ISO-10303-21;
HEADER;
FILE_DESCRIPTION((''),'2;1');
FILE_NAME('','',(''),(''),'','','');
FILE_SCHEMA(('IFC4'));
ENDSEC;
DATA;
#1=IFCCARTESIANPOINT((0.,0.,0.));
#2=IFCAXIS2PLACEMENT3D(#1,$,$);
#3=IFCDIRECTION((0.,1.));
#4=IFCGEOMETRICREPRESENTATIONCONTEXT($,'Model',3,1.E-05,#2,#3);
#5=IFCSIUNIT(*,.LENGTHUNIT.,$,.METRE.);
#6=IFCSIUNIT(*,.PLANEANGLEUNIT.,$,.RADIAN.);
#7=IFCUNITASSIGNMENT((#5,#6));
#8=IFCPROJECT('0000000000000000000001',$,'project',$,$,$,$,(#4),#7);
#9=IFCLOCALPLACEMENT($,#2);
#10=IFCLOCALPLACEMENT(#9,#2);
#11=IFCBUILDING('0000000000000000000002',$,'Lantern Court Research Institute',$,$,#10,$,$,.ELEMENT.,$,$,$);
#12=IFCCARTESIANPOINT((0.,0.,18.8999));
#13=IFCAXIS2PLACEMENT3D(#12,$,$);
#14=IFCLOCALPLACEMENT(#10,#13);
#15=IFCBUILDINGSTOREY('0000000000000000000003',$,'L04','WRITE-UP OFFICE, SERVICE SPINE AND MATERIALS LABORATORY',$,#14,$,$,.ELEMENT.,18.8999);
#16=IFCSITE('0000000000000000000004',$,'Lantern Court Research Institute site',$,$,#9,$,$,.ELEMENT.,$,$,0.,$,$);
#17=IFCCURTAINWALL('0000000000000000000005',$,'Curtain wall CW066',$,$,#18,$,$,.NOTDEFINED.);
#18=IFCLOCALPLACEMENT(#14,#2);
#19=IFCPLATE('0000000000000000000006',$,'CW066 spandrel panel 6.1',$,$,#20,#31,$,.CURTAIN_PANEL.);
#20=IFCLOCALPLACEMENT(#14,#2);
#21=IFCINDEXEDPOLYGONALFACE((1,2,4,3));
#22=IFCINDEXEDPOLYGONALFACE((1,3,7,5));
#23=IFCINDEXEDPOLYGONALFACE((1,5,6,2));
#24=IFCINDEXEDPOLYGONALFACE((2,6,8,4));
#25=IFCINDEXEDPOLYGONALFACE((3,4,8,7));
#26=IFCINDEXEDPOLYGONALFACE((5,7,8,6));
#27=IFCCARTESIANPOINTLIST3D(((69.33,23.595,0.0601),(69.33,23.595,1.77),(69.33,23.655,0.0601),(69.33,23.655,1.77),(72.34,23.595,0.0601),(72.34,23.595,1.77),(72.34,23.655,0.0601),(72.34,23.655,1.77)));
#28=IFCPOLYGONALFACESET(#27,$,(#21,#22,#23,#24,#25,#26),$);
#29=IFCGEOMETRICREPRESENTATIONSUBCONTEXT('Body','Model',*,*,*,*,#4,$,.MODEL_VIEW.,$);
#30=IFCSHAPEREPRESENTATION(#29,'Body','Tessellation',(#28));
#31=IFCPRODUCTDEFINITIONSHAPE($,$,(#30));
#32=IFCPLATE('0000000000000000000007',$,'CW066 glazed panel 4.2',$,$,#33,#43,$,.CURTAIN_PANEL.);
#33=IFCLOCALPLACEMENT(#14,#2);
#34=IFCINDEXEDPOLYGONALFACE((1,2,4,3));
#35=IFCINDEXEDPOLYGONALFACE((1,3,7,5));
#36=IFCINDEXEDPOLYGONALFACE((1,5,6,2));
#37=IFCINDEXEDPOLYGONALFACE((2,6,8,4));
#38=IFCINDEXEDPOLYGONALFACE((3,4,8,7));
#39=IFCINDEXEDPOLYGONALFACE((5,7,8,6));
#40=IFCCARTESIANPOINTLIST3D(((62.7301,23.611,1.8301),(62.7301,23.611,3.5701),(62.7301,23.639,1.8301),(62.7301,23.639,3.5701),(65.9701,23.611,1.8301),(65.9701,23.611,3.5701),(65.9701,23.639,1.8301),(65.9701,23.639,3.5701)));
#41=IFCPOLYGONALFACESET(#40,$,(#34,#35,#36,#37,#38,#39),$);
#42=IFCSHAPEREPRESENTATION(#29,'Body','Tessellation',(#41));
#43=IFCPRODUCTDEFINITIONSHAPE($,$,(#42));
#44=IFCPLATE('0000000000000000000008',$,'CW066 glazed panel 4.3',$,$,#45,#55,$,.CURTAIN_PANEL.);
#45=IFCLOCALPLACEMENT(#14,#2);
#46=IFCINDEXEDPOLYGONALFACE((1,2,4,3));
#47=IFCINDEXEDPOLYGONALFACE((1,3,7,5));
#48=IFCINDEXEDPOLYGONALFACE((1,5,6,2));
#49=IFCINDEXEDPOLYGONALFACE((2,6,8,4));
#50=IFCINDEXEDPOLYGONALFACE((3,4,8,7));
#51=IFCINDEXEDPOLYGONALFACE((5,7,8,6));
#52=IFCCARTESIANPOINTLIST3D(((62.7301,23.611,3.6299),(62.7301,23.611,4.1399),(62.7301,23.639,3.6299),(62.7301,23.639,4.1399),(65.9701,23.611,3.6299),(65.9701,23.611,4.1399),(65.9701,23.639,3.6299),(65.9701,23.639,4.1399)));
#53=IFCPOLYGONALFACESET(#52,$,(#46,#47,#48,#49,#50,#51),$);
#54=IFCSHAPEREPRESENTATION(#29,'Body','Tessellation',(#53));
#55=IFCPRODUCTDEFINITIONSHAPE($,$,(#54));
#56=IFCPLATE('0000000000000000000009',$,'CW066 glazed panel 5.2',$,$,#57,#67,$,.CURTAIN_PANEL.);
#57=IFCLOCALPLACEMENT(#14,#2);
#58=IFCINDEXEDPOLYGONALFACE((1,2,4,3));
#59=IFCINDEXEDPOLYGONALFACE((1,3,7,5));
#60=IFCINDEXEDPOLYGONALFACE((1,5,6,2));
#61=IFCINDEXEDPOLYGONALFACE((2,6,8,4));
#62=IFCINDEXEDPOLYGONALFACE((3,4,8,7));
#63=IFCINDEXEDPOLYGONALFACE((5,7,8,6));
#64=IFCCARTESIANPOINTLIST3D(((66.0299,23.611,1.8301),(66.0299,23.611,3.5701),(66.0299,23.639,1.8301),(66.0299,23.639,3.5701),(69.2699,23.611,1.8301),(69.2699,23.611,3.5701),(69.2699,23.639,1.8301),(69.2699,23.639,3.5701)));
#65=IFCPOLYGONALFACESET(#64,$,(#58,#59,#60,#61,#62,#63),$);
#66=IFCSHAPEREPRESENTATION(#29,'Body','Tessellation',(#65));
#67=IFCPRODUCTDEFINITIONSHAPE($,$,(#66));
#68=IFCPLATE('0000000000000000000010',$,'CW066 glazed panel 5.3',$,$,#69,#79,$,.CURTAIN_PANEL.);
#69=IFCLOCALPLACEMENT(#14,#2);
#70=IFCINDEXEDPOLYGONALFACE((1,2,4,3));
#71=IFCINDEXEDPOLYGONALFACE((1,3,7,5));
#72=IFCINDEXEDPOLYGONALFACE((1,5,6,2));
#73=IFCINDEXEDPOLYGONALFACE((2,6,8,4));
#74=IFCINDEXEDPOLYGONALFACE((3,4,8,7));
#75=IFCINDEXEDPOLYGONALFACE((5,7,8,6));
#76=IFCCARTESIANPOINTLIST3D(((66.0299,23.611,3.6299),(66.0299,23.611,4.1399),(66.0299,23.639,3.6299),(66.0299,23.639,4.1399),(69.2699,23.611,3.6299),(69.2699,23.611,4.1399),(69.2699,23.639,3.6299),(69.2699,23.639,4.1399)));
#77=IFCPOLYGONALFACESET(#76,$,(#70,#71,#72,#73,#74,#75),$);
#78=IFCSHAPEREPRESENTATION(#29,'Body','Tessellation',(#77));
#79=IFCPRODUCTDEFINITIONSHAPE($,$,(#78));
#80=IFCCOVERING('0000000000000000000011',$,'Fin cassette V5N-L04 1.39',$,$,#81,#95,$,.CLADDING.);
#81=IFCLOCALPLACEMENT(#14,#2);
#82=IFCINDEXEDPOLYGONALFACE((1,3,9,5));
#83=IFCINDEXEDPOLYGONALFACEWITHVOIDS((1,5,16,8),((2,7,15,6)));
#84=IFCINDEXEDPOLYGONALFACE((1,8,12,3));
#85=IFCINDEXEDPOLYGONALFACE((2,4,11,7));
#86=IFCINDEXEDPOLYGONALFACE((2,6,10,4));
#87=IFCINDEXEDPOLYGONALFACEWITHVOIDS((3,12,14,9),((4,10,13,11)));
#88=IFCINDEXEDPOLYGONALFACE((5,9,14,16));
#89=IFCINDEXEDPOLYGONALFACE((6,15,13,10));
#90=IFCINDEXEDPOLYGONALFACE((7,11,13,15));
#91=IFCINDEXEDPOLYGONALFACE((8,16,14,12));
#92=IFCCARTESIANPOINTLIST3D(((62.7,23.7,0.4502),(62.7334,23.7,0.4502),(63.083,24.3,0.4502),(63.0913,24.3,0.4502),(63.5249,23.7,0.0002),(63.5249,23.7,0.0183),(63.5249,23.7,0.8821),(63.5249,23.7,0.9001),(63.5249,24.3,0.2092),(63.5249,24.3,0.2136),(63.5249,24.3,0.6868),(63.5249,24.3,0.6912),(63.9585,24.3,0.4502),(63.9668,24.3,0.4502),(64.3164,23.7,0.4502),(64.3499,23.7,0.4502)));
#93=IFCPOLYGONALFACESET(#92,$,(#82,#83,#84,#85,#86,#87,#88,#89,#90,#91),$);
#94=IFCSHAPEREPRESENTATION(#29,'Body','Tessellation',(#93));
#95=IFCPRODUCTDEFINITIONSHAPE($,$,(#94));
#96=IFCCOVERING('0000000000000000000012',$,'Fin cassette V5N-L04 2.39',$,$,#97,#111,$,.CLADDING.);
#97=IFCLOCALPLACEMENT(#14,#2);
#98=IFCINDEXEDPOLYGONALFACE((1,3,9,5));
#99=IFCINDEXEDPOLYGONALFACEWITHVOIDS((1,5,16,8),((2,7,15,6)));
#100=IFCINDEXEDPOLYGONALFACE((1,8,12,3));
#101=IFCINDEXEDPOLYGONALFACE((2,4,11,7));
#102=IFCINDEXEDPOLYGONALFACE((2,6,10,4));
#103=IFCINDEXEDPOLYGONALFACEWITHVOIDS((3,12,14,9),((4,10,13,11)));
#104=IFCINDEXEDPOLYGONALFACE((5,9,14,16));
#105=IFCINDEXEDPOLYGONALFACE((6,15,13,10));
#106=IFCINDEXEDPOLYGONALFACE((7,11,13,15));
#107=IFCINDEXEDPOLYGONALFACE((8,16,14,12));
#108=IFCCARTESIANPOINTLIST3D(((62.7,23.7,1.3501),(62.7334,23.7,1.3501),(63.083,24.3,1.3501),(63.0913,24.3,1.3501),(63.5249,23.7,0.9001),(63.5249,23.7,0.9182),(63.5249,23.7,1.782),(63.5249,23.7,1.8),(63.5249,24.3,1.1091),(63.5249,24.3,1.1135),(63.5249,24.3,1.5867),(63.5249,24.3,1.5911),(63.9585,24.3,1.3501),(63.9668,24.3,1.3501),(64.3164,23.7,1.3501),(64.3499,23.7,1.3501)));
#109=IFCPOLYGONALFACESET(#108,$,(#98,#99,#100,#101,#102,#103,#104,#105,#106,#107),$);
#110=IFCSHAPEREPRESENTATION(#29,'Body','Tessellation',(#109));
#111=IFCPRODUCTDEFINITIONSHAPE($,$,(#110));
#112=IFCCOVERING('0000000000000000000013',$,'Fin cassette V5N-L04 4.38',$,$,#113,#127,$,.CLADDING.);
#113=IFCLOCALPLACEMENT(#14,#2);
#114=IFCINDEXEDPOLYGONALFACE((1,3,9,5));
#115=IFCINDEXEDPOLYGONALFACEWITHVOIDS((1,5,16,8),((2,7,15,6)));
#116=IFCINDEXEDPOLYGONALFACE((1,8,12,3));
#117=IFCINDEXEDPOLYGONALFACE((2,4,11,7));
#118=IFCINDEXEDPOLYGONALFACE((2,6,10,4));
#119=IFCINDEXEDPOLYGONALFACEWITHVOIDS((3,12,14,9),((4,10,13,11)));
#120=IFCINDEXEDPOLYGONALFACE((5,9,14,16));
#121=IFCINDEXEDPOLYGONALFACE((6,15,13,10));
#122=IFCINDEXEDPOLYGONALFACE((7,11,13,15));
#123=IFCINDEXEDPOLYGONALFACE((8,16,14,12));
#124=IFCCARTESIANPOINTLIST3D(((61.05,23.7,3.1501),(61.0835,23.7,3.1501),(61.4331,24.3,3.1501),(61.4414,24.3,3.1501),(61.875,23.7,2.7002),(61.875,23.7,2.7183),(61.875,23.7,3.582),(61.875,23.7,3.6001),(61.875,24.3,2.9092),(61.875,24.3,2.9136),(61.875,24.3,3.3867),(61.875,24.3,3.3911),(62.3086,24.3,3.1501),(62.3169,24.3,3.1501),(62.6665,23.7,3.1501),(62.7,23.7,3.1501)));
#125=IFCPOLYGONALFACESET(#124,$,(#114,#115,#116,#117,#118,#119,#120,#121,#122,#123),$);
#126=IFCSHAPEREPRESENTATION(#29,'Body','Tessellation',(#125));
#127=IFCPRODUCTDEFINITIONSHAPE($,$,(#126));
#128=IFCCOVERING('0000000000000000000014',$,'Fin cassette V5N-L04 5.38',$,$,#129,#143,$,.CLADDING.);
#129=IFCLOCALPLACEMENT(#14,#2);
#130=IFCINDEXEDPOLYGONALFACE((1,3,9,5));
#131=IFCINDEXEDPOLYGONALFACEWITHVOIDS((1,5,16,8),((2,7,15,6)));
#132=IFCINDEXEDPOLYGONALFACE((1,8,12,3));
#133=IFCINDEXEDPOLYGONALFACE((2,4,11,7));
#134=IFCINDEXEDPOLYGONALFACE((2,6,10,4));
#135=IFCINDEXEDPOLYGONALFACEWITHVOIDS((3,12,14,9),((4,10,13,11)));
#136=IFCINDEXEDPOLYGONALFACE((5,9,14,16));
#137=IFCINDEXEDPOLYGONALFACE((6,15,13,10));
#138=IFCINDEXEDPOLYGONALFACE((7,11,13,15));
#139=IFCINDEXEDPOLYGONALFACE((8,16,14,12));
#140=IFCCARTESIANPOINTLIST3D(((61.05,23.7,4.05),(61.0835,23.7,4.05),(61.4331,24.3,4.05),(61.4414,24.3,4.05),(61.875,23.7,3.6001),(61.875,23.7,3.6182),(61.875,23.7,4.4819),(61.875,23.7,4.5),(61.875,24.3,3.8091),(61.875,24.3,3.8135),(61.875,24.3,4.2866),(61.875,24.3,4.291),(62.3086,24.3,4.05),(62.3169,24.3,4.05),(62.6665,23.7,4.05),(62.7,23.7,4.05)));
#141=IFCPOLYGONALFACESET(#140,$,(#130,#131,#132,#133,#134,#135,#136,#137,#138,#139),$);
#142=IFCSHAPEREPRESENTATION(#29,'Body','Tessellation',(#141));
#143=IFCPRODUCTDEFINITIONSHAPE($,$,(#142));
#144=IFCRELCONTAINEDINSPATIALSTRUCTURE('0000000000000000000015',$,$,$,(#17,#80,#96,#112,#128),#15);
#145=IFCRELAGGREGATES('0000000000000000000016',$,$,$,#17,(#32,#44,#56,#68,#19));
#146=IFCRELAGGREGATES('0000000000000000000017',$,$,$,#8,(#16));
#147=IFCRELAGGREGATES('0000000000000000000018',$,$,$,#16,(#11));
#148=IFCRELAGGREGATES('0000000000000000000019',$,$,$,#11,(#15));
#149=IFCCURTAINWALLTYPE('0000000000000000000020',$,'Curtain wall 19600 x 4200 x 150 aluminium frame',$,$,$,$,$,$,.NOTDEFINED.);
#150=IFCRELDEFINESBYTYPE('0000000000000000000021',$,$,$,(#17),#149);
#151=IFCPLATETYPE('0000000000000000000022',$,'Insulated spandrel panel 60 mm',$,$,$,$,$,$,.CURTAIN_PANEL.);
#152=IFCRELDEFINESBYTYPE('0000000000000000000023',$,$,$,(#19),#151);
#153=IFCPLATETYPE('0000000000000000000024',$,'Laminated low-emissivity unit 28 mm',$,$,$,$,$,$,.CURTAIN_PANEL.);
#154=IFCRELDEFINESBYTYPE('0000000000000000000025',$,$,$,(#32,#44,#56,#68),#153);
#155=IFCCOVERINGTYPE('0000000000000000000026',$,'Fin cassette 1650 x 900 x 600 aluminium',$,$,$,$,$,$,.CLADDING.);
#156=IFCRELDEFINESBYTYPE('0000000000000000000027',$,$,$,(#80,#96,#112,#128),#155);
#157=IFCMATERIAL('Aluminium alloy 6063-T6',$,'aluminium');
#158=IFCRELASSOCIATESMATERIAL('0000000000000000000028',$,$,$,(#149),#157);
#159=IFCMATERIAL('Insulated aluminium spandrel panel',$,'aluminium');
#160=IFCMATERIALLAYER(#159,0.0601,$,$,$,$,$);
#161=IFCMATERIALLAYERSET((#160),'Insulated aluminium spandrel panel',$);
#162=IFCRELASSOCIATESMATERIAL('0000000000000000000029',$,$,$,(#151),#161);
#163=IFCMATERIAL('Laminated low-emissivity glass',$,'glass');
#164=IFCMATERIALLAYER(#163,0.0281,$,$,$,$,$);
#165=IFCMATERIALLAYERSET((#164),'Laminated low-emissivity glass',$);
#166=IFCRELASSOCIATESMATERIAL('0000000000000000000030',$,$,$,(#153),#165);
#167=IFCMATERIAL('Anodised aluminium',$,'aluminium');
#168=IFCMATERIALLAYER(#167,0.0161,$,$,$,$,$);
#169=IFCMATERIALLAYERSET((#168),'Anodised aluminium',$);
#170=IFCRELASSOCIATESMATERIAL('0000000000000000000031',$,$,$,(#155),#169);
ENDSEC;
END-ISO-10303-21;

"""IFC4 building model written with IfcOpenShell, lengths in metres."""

from ifc_helpers import new_model, entity, si_unit, direction, frame, origin, origin_2d, place, context, subcontext, project, spatial, rectangle, extrude, material, layer, layer_set, type_object, element, aggregate, save


model = new_model("IFC4")

# Units and contexts
model_context = context("Model", 3, precision=1e-05, world=origin(), true_north=direction((0.0, 1.0)))
body_context = subcontext(model_context, "Body", "Model", "MODEL_VIEW")
ifc_project = project(units=[si_unit("LENGTHUNIT", "METRE"), si_unit("PLANEANGLEUNIT", "RADIAN")], contexts=[model_context])

# Site, building, storey
site_placement = place(None, origin())
site = spatial("IfcSite", under=ifc_project, at=site_placement, Name="Lantern Court Research Institute site", CompositionType="ELEMENT", RefElevation=0.0)
building_placement = place(site_placement, origin())
building = spatial("IfcBuilding", under=site, at=building_placement, Name="Lantern Court Research Institute", CompositionType="ELEMENT")
storey_placement = place(building_placement, frame((0.0, 0.0, 18.8999)))
storey = spatial("IfcBuildingStorey", under=building, at=storey_placement, Name="L04", Description="WRITE-UP OFFICE, SERVICE SPINE AND MATERIALS LABORATORY", CompositionType="ELEMENT", Elevation=18.8999)

# Curtain wall, plates
ifc_material_1 = material(Name="Aluminium alloy 6063-T6", Category="aluminium")
curtain_wall_type = type_object("IfcCurtainWallType", Name="Curtain wall 19600 x 4200 x 150 aluminium frame", PredefinedType="NOTDEFINED", material=ifc_material_1)
curtain_wall_placement = place(storey_placement, origin())
curtain_wall = element("IfcCurtainWall", 1, at=curtain_wall_placement, inside=storey, type_object=curtain_wall_type, Name="Curtain wall CW066", PredefinedType="NOTDEFINED")
ifc_material_2 = material(Name="Insulated aluminium spandrel panel", Category="aluminium")
ifc_layer_1 = layer(ifc_material_2, 0.0601)
ifc_layer_set_1 = layer_set([ifc_layer_1], Name="Insulated aluminium spandrel panel")
plate_type_1 = type_object("IfcPlateType", Name="Insulated spandrel panel 60 mm", PredefinedType="CURTAIN_PANEL", material=ifc_layer_set_1)
plate_1_placement = place(storey_placement, frame((70.835, 23.625, 0.0601), z_axis=(0.0, 0.0, 1.0), x_axis=(1.0, 0.0, 0.0)))
plate_1 = element("IfcPlate", 2, at=plate_1_placement, type_object=plate_type_1, Name="CW066 spandrel panel 6.1", PredefinedType="CURTAIN_PANEL", context=body_context, shape_type="SweptSolid", body=[
    extrude(rectangle(XDim=3.01, YDim=0.0601, at=origin_2d()), origin(), (0.0, 0.0, 1.0), 1.71),
])
ifc_material_3 = material(Name="Laminated low-emissivity glass", Category="glass")
ifc_layer_2 = layer(ifc_material_3, 0.0281)
ifc_layer_set_2 = layer_set([ifc_layer_2], Name="Laminated low-emissivity glass")
plate_type_2 = type_object("IfcPlateType", Name="Laminated low-emissivity unit 28 mm", PredefinedType="CURTAIN_PANEL", material=ifc_layer_set_2)
plate_2_placement = place(storey_placement, frame((64.3501, 23.625, 1.8301), z_axis=(0.0, 0.0, 1.0), x_axis=(1.0, 0.0, 0.0)))
plate_2 = element("IfcPlate", 3, at=plate_2_placement, type_object=plate_type_2, Name="CW066 glazed panel 4.2", PredefinedType="CURTAIN_PANEL", context=body_context, shape_type="SweptSolid", body=[
    extrude(rectangle(XDim=3.24, YDim=0.0281, at=origin_2d()), origin(), (0.0, 0.0, 1.0), 1.74),
])
plate_3_placement = place(storey_placement, frame((64.3501, 23.625, 3.6299), z_axis=(0.0, 0.0, 1.0), x_axis=(1.0, 0.0, 0.0)))
plate_3 = element("IfcPlate", 4, at=plate_3_placement, type_object=plate_type_2, Name="CW066 glazed panel 4.3", PredefinedType="CURTAIN_PANEL", context=body_context, shape_type="SweptSolid", body=[
    extrude(rectangle(XDim=3.24, YDim=0.0281, at=origin_2d()), origin(), (0.0, 0.0, 1.0), 0.51),
])
plate_4_placement = place(storey_placement, frame((67.6499, 23.625, 1.8301), z_axis=(0.0, 0.0, 1.0), x_axis=(1.0, 0.0, 0.0)))
plate_4 = element("IfcPlate", 5, at=plate_4_placement, type_object=plate_type_2, Name="CW066 glazed panel 5.2", PredefinedType="CURTAIN_PANEL", context=body_context, shape_type="SweptSolid", body=[
    extrude(rectangle(XDim=3.24, YDim=0.0281, at=origin_2d()), origin(), (0.0, 0.0, 1.0), 1.74),
])
plate_5_placement = place(storey_placement, frame((67.6499, 23.625, 3.6299), z_axis=(0.0, 0.0, 1.0), x_axis=(1.0, 0.0, 0.0)))
plate_5 = element("IfcPlate", 6, at=plate_5_placement, type_object=plate_type_2, Name="CW066 glazed panel 5.3", PredefinedType="CURTAIN_PANEL", context=body_context, shape_type="SweptSolid", body=[
    extrude(rectangle(XDim=3.24, YDim=0.0281, at=origin_2d()), origin(), (0.0, 0.0, 1.0), 0.51),
])
aggregate(curtain_wall, [plate_2, plate_3, plate_4, plate_5, plate_1])

# Coverings
ifc_material_4 = material(Name="Anodised aluminium", Category="aluminium")
ifc_layer_3 = layer(ifc_material_4, 0.0161)
ifc_layer_set_3 = layer_set([ifc_layer_3], Name="Anodised aluminium")
covering_type = type_object("IfcCoveringType", Name="Fin cassette 1650 x 900 x 600 aluminium", PredefinedType="CLADDING", material=ifc_layer_set_3)
covering_1_placement = place(storey_placement, frame((63.5249, 23.7, 0.4502), z_axis=(0.0, 1.0, 0.0), x_axis=(-1.0, 0.0, 0.0)))
cartesian_point_1 = entity("IfcCartesianPoint", [0.825, 0.0])
cartesian_point_2 = entity("IfcCartesianPoint", [0.7915, 0.0])
cartesian_point_3 = entity("IfcCartesianPoint", [0.4419, 0.0])
cartesian_point_4 = entity("IfcCartesianPoint", [0.4336, 0.0])
element("IfcCovering", 7, at=covering_1_placement, inside=storey, type_object=covering_type, Name="Fin cassette V5N-L04 1.39", PredefinedType="CLADDING", context=body_context, shape_type="SweptSolid", body=[
    entity("IfcExtrudedAreaSolidTapered", entity("IfcArbitraryProfileDefWithVoids", "AREA", None, entity("IfcPolyline", [cartesian_point_1, entity("IfcCartesianPoint", [0.0, 0.45]), entity("IfcCartesianPoint", [-0.825, 0.0]), entity("IfcCartesianPoint", [0.0, -0.45]), cartesian_point_1]), [entity("IfcPolyline", [cartesian_point_2, entity("IfcCartesianPoint", [0.0, 0.4319]), entity("IfcCartesianPoint", [-0.7915, 0.0]), entity("IfcCartesianPoint", [0.0, -0.4319]), cartesian_point_2])]), entity("IfcAxis2Placement3D", entity("IfcCartesianPoint", [0.0, 0.0, 0.0])), entity("IfcDirection", [0.0, 0.0, 1.0]), 0.6001, entity("IfcArbitraryProfileDefWithVoids", "AREA", None, entity("IfcPolyline", [cartesian_point_3, entity("IfcCartesianPoint", [0.0, 0.241]), entity("IfcCartesianPoint", [-0.4419, 0.0]), entity("IfcCartesianPoint", [0.0, -0.241]), cartesian_point_3]), [entity("IfcPolyline", [cartesian_point_4, entity("IfcCartesianPoint", [0.0, 0.2366]), entity("IfcCartesianPoint", [-0.4336, 0.0]), entity("IfcCartesianPoint", [0.0, -0.2366]), cartesian_point_4])])),
])
covering_2_placement = place(storey_placement, frame((63.5249, 23.7, 1.3501), z_axis=(0.0, 1.0, 0.0), x_axis=(-1.0, 0.0, 0.0)))
cartesian_point_5 = entity("IfcCartesianPoint", [0.825, 0.0])
cartesian_point_6 = entity("IfcCartesianPoint", [0.7915, 0.0])
cartesian_point_7 = entity("IfcCartesianPoint", [0.4419, 0.0])
cartesian_point_8 = entity("IfcCartesianPoint", [0.4336, 0.0])
element("IfcCovering", 8, at=covering_2_placement, inside=storey, type_object=covering_type, Name="Fin cassette V5N-L04 2.39", PredefinedType="CLADDING", context=body_context, shape_type="SweptSolid", body=[
    entity("IfcExtrudedAreaSolidTapered", entity("IfcArbitraryProfileDefWithVoids", "AREA", None, entity("IfcPolyline", [cartesian_point_5, entity("IfcCartesianPoint", [0.0, 0.45]), entity("IfcCartesianPoint", [-0.825, 0.0]), entity("IfcCartesianPoint", [0.0, -0.45]), cartesian_point_5]), [entity("IfcPolyline", [cartesian_point_6, entity("IfcCartesianPoint", [0.0, 0.4319]), entity("IfcCartesianPoint", [-0.7915, 0.0]), entity("IfcCartesianPoint", [0.0, -0.4319]), cartesian_point_6])]), entity("IfcAxis2Placement3D", entity("IfcCartesianPoint", [0.0, 0.0, 0.0])), entity("IfcDirection", [0.0, 0.0, 1.0]), 0.6001, entity("IfcArbitraryProfileDefWithVoids", "AREA", None, entity("IfcPolyline", [cartesian_point_7, entity("IfcCartesianPoint", [0.0, 0.241]), entity("IfcCartesianPoint", [-0.4419, 0.0]), entity("IfcCartesianPoint", [0.0, -0.241]), cartesian_point_7]), [entity("IfcPolyline", [cartesian_point_8, entity("IfcCartesianPoint", [0.0, 0.2366]), entity("IfcCartesianPoint", [-0.4336, 0.0]), entity("IfcCartesianPoint", [0.0, -0.2366]), cartesian_point_8])])),
])
covering_3_placement = place(storey_placement, frame((61.875, 23.7, 3.1501), z_axis=(0.0, 1.0, 0.0), x_axis=(-1.0, 0.0, 0.0)))
cartesian_point_9 = entity("IfcCartesianPoint", [0.825, 0.0])
cartesian_point_10 = entity("IfcCartesianPoint", [0.7915, 0.0])
cartesian_point_11 = entity("IfcCartesianPoint", [0.4419, 0.0])
cartesian_point_12 = entity("IfcCartesianPoint", [0.4336, 0.0])
element("IfcCovering", 9, at=covering_3_placement, inside=storey, type_object=covering_type, Name="Fin cassette V5N-L04 4.38", PredefinedType="CLADDING", context=body_context, shape_type="SweptSolid", body=[
    entity("IfcExtrudedAreaSolidTapered", entity("IfcArbitraryProfileDefWithVoids", "AREA", None, entity("IfcPolyline", [cartesian_point_9, entity("IfcCartesianPoint", [0.0, 0.45]), entity("IfcCartesianPoint", [-0.825, 0.0]), entity("IfcCartesianPoint", [0.0, -0.45]), cartesian_point_9]), [entity("IfcPolyline", [cartesian_point_10, entity("IfcCartesianPoint", [0.0, 0.4319]), entity("IfcCartesianPoint", [-0.7915, 0.0]), entity("IfcCartesianPoint", [0.0, -0.4319]), cartesian_point_10])]), entity("IfcAxis2Placement3D", entity("IfcCartesianPoint", [0.0, 0.0, 0.0])), entity("IfcDirection", [0.0, 0.0, 1.0]), 0.6001, entity("IfcArbitraryProfileDefWithVoids", "AREA", None, entity("IfcPolyline", [cartesian_point_11, entity("IfcCartesianPoint", [0.0, 0.241]), entity("IfcCartesianPoint", [-0.4419, 0.0]), entity("IfcCartesianPoint", [0.0, -0.241]), cartesian_point_11]), [entity("IfcPolyline", [cartesian_point_12, entity("IfcCartesianPoint", [0.0, 0.2366]), entity("IfcCartesianPoint", [-0.4336, 0.0]), entity("IfcCartesianPoint", [0.0, -0.2366]), cartesian_point_12])])),
])
covering_4_placement = place(storey_placement, frame((61.875, 23.7, 4.05), z_axis=(0.0, 1.0, 0.0), x_axis=(-1.0, 0.0, 0.0)))
cartesian_point_13 = entity("IfcCartesianPoint", [0.825, 0.0])
cartesian_point_14 = entity("IfcCartesianPoint", [0.7915, 0.0])
cartesian_point_15 = entity("IfcCartesianPoint", [0.4419, 0.0])
cartesian_point_16 = entity("IfcCartesianPoint", [0.4336, 0.0])
element("IfcCovering", 10, at=covering_4_placement, inside=storey, type_object=covering_type, Name="Fin cassette V5N-L04 5.38", PredefinedType="CLADDING", context=body_context, shape_type="SweptSolid", body=[
    entity("IfcExtrudedAreaSolidTapered", entity("IfcArbitraryProfileDefWithVoids", "AREA", None, entity("IfcPolyline", [cartesian_point_13, entity("IfcCartesianPoint", [0.0, 0.45]), entity("IfcCartesianPoint", [-0.825, 0.0]), entity("IfcCartesianPoint", [0.0, -0.45]), cartesian_point_13]), [entity("IfcPolyline", [cartesian_point_14, entity("IfcCartesianPoint", [0.0, 0.4319]), entity("IfcCartesianPoint", [-0.7915, 0.0]), entity("IfcCartesianPoint", [0.0, -0.4319]), cartesian_point_14])]), entity("IfcAxis2Placement3D", entity("IfcCartesianPoint", [0.0, 0.0, 0.0])), entity("IfcDirection", [0.0, 0.0, 1.0]), 0.6001, entity("IfcArbitraryProfileDefWithVoids", "AREA", None, entity("IfcPolyline", [cartesian_point_15, entity("IfcCartesianPoint", [0.0, 0.241]), entity("IfcCartesianPoint", [-0.4419, 0.0]), entity("IfcCartesianPoint", [0.0, -0.241]), cartesian_point_15]), [entity("IfcPolyline", [cartesian_point_16, entity("IfcCartesianPoint", [0.0, 0.2366]), entity("IfcCartesianPoint", [-0.4336, 0.0]), entity("IfcCartesianPoint", [0.0, -0.2366]), cartesian_point_16])])),
])

save(model, "model.ifc")
